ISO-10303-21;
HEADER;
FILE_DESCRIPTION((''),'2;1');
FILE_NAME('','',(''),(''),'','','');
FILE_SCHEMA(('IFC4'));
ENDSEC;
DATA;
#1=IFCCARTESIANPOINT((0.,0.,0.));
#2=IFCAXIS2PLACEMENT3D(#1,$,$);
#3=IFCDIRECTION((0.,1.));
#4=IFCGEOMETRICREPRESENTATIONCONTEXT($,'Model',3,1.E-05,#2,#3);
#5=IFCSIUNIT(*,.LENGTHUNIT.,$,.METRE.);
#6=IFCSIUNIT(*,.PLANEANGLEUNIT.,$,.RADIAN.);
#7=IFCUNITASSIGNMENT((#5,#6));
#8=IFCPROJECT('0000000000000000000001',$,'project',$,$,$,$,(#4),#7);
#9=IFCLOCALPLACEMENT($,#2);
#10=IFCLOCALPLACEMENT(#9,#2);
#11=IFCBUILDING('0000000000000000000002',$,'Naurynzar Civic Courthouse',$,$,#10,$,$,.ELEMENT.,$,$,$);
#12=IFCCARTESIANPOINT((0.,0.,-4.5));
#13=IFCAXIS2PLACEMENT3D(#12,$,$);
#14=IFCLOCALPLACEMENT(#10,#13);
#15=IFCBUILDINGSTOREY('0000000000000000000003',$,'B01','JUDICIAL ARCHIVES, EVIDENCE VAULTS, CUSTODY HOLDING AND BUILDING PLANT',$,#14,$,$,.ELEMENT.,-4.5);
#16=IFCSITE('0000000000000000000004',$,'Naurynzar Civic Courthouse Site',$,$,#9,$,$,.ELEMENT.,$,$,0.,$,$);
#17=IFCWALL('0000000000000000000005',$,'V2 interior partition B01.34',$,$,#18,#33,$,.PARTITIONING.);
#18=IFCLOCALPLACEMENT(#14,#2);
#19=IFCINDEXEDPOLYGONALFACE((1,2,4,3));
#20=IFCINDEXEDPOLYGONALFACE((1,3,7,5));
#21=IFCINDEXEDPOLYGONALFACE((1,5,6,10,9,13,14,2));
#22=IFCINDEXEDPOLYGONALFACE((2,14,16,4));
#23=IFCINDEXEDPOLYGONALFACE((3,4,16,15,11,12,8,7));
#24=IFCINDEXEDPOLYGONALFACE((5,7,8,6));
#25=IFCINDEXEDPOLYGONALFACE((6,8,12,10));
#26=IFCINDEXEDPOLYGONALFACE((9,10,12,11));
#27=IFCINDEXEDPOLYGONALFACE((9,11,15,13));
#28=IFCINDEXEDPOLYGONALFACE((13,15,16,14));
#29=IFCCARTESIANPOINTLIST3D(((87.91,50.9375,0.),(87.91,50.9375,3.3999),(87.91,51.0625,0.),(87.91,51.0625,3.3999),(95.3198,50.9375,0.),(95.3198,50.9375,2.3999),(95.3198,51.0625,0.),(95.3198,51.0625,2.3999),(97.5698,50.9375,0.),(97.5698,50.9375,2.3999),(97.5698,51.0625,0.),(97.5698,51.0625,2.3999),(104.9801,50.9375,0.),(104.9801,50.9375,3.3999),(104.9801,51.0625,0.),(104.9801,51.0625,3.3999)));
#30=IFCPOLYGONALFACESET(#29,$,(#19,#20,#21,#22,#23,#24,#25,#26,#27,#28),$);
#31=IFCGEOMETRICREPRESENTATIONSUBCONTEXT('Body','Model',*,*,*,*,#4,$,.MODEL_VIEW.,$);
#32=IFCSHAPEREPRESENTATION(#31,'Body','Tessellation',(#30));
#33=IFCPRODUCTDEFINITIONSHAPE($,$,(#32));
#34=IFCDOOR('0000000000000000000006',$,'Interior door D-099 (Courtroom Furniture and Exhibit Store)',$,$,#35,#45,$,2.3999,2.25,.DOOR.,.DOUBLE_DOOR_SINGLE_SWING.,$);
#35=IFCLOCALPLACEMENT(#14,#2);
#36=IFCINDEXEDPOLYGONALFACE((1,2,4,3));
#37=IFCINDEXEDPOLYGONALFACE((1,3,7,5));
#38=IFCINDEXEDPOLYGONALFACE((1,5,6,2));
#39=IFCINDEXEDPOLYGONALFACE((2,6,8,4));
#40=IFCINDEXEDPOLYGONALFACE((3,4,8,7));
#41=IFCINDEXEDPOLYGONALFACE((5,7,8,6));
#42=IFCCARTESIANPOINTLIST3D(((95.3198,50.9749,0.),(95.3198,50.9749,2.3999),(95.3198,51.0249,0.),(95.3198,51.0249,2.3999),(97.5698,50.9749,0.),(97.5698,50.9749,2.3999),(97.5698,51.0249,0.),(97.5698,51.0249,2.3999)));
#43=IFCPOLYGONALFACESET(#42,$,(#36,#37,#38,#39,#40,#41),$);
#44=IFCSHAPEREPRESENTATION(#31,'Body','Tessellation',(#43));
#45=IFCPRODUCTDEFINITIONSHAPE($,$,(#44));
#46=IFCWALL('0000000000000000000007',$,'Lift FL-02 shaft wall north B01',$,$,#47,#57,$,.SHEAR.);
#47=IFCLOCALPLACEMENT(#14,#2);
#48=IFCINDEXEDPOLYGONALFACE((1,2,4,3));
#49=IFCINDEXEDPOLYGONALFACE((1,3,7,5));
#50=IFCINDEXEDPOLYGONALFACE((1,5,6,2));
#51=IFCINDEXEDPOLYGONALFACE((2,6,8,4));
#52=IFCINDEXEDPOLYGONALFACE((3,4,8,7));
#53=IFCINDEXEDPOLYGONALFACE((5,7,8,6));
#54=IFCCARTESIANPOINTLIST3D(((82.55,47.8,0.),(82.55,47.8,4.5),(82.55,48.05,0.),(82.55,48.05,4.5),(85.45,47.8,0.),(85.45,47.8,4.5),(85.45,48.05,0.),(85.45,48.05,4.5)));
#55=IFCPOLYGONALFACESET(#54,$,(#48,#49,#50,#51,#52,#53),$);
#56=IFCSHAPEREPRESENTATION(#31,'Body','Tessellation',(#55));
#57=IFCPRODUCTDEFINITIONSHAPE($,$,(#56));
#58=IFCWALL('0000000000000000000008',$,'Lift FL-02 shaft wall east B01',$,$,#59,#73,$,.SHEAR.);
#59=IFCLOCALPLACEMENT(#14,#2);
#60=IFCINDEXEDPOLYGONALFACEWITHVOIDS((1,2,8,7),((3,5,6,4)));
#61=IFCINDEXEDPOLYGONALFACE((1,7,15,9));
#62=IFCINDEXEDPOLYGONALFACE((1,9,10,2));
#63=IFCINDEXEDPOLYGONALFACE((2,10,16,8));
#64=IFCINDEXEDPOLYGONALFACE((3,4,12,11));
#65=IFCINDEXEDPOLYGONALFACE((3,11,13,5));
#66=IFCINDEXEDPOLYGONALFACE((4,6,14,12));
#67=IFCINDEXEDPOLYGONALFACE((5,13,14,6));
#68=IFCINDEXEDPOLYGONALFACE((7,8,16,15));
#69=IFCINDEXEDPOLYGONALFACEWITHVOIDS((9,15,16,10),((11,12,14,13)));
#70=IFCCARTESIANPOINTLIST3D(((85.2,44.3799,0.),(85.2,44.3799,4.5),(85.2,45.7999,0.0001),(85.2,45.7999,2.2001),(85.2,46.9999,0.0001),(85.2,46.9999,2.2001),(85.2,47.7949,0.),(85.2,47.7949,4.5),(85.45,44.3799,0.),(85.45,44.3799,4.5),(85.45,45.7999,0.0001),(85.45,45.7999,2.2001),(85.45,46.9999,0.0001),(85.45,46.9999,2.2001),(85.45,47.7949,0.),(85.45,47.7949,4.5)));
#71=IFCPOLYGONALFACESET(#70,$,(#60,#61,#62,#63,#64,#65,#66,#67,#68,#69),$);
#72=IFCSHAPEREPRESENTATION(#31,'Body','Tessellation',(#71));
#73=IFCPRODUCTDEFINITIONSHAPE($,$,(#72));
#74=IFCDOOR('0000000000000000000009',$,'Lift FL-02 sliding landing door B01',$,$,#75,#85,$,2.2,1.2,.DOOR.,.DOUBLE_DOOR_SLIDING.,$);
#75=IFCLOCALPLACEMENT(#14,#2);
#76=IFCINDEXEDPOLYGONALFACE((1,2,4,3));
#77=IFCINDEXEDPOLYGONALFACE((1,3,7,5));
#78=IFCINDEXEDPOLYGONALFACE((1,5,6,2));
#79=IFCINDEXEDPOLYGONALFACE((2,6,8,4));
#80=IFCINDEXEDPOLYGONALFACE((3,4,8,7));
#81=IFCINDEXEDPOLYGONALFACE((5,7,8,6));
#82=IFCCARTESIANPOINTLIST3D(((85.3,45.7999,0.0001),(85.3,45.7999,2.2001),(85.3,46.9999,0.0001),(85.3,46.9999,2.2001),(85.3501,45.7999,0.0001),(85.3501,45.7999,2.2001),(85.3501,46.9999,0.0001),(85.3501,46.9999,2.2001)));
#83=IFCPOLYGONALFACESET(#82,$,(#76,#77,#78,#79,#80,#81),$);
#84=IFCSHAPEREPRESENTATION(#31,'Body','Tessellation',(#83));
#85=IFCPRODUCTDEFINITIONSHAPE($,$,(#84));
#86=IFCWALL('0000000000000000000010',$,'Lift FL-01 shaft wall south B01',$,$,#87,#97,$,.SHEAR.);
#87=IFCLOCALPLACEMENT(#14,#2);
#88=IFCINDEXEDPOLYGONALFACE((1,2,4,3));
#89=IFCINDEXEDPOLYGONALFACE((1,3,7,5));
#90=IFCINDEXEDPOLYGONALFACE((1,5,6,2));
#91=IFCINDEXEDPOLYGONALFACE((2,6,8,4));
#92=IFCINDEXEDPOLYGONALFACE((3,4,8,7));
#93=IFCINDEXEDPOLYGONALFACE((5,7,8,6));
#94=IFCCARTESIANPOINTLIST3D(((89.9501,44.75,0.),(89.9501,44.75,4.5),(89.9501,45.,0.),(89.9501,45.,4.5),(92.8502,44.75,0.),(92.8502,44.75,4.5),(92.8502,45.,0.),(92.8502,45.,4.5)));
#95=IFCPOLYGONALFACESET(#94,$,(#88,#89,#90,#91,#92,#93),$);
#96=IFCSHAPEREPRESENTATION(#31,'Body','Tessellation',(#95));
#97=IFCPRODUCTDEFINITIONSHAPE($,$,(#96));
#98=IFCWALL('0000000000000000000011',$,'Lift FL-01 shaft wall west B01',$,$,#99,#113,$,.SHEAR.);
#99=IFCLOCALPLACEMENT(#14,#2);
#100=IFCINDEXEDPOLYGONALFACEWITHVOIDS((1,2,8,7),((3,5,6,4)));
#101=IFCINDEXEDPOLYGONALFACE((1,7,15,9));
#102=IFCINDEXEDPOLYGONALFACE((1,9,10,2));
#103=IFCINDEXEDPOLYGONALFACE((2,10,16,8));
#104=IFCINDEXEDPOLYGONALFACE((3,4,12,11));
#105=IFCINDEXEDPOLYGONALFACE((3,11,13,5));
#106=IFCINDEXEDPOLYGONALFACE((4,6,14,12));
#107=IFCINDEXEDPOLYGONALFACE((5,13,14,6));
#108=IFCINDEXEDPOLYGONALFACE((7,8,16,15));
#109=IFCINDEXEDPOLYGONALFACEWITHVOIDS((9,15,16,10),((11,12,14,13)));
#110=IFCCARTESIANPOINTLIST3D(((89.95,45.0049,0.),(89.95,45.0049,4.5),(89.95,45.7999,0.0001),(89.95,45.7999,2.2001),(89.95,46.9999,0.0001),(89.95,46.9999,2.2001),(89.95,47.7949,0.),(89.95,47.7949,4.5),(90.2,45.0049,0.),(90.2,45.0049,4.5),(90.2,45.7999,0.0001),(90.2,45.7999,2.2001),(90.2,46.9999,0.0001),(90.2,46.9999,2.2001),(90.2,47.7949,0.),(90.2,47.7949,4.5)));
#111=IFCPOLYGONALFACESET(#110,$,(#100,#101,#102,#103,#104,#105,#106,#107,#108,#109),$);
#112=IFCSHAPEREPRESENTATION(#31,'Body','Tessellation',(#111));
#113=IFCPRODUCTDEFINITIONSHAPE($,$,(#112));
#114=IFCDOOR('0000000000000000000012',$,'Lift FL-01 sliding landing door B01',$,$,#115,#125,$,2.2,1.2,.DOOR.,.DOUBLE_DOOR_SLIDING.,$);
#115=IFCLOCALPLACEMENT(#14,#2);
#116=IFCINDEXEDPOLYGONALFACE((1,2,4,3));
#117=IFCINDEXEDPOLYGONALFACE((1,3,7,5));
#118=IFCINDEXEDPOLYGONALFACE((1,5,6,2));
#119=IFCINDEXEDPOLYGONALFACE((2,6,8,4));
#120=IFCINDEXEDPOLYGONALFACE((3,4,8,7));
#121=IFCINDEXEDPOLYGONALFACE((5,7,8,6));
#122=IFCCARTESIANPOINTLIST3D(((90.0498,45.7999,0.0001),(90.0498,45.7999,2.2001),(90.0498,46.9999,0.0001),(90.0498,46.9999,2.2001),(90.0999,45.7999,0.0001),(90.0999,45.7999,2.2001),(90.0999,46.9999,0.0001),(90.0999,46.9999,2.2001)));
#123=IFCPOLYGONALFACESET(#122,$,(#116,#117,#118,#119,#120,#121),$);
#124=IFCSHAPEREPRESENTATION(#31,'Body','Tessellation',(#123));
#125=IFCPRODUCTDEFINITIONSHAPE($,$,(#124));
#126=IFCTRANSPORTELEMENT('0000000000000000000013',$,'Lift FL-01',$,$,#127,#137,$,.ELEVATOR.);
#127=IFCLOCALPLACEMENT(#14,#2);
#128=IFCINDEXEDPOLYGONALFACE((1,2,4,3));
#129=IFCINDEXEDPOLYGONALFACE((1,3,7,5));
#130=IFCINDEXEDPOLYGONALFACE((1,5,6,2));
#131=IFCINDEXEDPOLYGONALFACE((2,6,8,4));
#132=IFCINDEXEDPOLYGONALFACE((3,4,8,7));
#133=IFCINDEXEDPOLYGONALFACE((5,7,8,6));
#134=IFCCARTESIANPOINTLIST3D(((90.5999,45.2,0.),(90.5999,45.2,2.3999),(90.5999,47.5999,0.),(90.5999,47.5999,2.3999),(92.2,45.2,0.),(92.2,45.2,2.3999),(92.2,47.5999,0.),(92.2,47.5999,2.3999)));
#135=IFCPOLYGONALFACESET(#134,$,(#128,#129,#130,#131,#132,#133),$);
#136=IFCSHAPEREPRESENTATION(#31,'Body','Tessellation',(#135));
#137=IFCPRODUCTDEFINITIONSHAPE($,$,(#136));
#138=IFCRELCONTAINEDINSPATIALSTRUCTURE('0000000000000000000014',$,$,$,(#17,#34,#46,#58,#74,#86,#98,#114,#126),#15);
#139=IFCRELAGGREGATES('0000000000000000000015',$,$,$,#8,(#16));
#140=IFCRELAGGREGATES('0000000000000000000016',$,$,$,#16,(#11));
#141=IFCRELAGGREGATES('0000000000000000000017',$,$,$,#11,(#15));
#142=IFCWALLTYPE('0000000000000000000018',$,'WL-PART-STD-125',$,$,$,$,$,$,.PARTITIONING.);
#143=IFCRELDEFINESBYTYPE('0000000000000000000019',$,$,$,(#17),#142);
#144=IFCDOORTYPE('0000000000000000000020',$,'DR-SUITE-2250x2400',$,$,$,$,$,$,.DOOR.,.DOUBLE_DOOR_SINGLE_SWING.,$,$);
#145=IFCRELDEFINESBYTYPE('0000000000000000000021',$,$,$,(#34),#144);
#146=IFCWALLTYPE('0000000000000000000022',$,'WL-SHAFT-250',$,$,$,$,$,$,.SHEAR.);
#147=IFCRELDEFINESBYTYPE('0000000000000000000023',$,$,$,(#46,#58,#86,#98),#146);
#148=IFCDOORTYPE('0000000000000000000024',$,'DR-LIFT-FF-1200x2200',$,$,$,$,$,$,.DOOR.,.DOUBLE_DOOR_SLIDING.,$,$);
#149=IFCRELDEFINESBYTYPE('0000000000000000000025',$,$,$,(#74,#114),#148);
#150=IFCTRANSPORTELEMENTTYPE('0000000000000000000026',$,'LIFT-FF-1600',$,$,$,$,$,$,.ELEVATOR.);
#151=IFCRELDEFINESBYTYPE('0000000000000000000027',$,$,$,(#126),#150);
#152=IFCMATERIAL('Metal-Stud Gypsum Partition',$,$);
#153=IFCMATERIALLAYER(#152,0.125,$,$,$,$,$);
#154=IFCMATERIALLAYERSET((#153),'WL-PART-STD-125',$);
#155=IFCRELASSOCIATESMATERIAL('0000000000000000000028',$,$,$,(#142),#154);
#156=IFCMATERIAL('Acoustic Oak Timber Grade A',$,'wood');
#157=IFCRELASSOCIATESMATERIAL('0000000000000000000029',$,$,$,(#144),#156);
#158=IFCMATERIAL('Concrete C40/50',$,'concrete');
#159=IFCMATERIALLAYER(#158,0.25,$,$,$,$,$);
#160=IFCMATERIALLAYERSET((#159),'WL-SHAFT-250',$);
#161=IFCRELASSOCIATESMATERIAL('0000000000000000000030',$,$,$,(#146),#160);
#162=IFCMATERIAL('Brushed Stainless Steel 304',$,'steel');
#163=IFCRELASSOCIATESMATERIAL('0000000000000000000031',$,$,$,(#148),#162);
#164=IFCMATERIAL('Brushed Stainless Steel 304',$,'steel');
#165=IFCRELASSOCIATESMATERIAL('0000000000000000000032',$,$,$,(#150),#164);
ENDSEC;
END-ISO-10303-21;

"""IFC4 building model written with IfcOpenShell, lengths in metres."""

from ifc_helpers import new_model, si_unit, direction, frame, frame_2d, origin, origin_2d, place, context, subcontext, project, spatial, rectangle, extrude, material, layer, layer_set, type_object, element, fill, save


model = new_model("IFC4")

# Units and contexts
model_context = context("Model", 3, precision=1e-05, world=origin(), true_north=direction((0.0, 1.0)))
body_context = subcontext(model_context, "Body", "Model", "MODEL_VIEW")
ifc_project = project(units=[si_unit("LENGTHUNIT", "METRE"), si_unit("PLANEANGLEUNIT", "RADIAN")], contexts=[model_context])

# Site, building, storey
site_placement = place(None, origin())
site = spatial("IfcSite", under=ifc_project, at=site_placement, Name="Naurynzar Civic Courthouse Site", CompositionType="ELEMENT", RefElevation=0.0)
building_placement = place(site_placement, origin())
building = spatial("IfcBuilding", under=site, at=building_placement, Name="Naurynzar Civic Courthouse", CompositionType="ELEMENT")
storey_placement = place(building_placement, frame((0.0, 0.0, -4.5)))
storey = spatial("IfcBuildingStorey", under=building, at=storey_placement, Name="B01", Description="JUDICIAL ARCHIVES, EVIDENCE VAULTS, CUSTODY HOLDING AND BUILDING PLANT", CompositionType="ELEMENT", Elevation=-4.5)

# Wall, opening, door
ifc_material_1 = material(Name="Metal-Stud Gypsum Partition")
ifc_layer_1 = layer(ifc_material_1, 0.125)
ifc_layer_set_1 = layer_set([ifc_layer_1], Name="WL-PART-STD-125")
wall_type_1 = type_object("IfcWallType", Name="WL-PART-STD-125", PredefinedType="PARTITIONING", material=ifc_layer_set_1)
wall_1_placement = place(storey_placement, frame((87.9099, 51.0, 0.0), z_axis=(0.0, 0.0, 1.0), x_axis=(1.0, 0.0, 0.0)))
wall_1 = element("IfcWall", 1, at=wall_1_placement, inside=storey, type_object=wall_type_1, Name="V2 interior partition B01.34", PredefinedType="PARTITIONING", context=body_context, shape_type="SweptSolid", body=[
    extrude(rectangle(XDim=17.0701, YDim=0.125, at=frame_2d((8.5352, 0.0))), origin(), (0.0, 0.0, 1.0), 3.3999),
])
opening_1_placement = place(wall_1_placement, frame((7.4099, 0.0, 0.0)))
opening_1 = element("IfcOpeningElement", 2, at=opening_1_placement, cuts=wall_1, PredefinedType="OPENING", context=body_context, shape_type="SweptSolid", body=[
    extrude(rectangle(XDim=2.25, YDim=2.3999, at=frame_2d((1.125, 1.2))), frame((0.0, 0.0725, 0.0), z_axis=(0.0, -1.0, 0.0), x_axis=(1.0, 0.0, 0.0)), (0.0, 0.0, 1.0), 0.145),
])
ifc_material_2 = material(Name="Acoustic Oak Timber Grade A", Category="wood")
door_type_1 = type_object("IfcDoorType", Name="DR-SUITE-2250x2400", OperationType="DOUBLE_DOOR_SINGLE_SWING", PredefinedType="DOOR", material=ifc_material_2)
door_1_placement = place(opening_1_placement, origin())
door_1 = element("IfcDoor", 3, at=door_1_placement, inside=storey, type_object=door_type_1, Name="Interior door D-099 (Courtroom Furniture and Exhibit Store)", OperationType="DOUBLE_DOOR_SINGLE_SWING", OverallHeight=2.3999, OverallWidth=2.25, PredefinedType="DOOR", context=body_context, shape_type="SweptSolid", body=[
    extrude(rectangle(XDim=2.25, YDim=2.3999, at=frame_2d((1.125, 1.2))), frame((0.0, 0.0249, 0.0), z_axis=(0.0, -1.0, 0.0), x_axis=(1.0, 0.0, 0.0)), (0.0, 0.0, 1.0), 0.05),
])
fill(opening_1, door_1)

# Wall
ifc_material_3 = material(Name="Concrete C40/50", Category="concrete")
ifc_layer_2 = layer(ifc_material_3, 0.25)
ifc_layer_set_2 = layer_set([ifc_layer_2], Name="WL-SHAFT-250")
wall_type_2 = type_object("IfcWallType", Name="WL-SHAFT-250", PredefinedType="SHEAR", material=ifc_layer_set_2)
wall_2_placement = place(storey_placement, frame((85.45, 47.925, 0.0), z_axis=(0.0, 0.0, 1.0), x_axis=(-1.0, 0.0, 0.0)))
element("IfcWall", 4, at=wall_2_placement, inside=storey, type_object=wall_type_2, Name="Lift FL-02 shaft wall north B01", PredefinedType="SHEAR", context=body_context, shape_type="SweptSolid", body=[
    extrude(rectangle(XDim=2.8999, YDim=0.25, at=frame_2d((1.45, 0.0))), origin(), (0.0, 0.0, 1.0), 4.5),
])

# Wall, opening, door
wall_3_placement = place(storey_placement, frame((85.325, 44.3799, 0.0), z_axis=(0.0, 0.0, 1.0), x_axis=(0.0, 1.0, 0.0)))
wall_3 = element("IfcWall", 5, at=wall_3_placement, inside=storey, type_object=wall_type_2, Name="Lift FL-02 shaft wall east B01", PredefinedType="SHEAR", context=body_context, shape_type="SweptSolid", body=[
    extrude(rectangle(XDim=3.415, YDim=0.25, at=frame_2d((1.7075, 0.0))), origin(), (0.0, 0.0, 1.0), 4.5),
])
opening_2_placement = place(wall_3_placement, frame((1.4199, 0.0, 0.0)))
opening_2 = element("IfcOpeningElement", 6, at=opening_2_placement, cuts=wall_3, PredefinedType="OPENING", context=body_context, shape_type="SweptSolid", body=[
    extrude(rectangle(XDim=1.2, YDim=2.2, at=frame_2d((0.6001, 1.1001))), frame((0.0, 0.135, 0.0), z_axis=(0.0, -1.0, 0.0), x_axis=(1.0, 0.0, 0.0)), (0.0, 0.0, 1.0), 0.27),
])
ifc_material_4 = material(Name="Brushed Stainless Steel 304", Category="steel")
door_type_2 = type_object("IfcDoorType", Name="DR-LIFT-FF-1200x2200", OperationType="DOUBLE_DOOR_SLIDING", PredefinedType="DOOR", material=ifc_material_4)
door_2_placement = place(opening_2_placement, origin())
door_2 = element("IfcDoor", 7, at=door_2_placement, inside=storey, type_object=door_type_2, Name="Lift FL-02 sliding landing door B01", OperationType="DOUBLE_DOOR_SLIDING", OverallHeight=2.2, OverallWidth=1.2, PredefinedType="DOOR", context=body_context, shape_type="SweptSolid", body=[
    extrude(rectangle(XDim=1.2, YDim=2.2, at=frame_2d((0.6001, 1.1001))), frame((0.0, 0.0249, 0.0), z_axis=(0.0, -1.0, 0.0), x_axis=(1.0, 0.0, 0.0)), (0.0, 0.0, 1.0), 0.05),
])
fill(opening_2, door_2)

# Wall
wall_4_placement = place(storey_placement, frame((89.95, 44.875, 0.0), z_axis=(0.0, 0.0, 1.0), x_axis=(1.0, 0.0, 0.0)))
element("IfcWall", 8, at=wall_4_placement, inside=storey, type_object=wall_type_2, Name="Lift FL-01 shaft wall south B01", PredefinedType="SHEAR", context=body_context, shape_type="SweptSolid", body=[
    extrude(rectangle(XDim=2.9001, YDim=0.25, at=frame_2d((1.4502, 0.0))), origin(), (0.0, 0.0, 1.0), 4.5),
])

# Wall, opening, door
wall_5_placement = place(storey_placement, frame((90.075, 47.7949, 0.0), z_axis=(0.0, 0.0, 1.0), x_axis=(0.0, -1.0, 0.0)))
wall_5 = element("IfcWall", 9, at=wall_5_placement, inside=storey, type_object=wall_type_2, Name="Lift FL-01 shaft wall west B01", PredefinedType="SHEAR", context=body_context, shape_type="SweptSolid", body=[
    extrude(rectangle(XDim=2.79, YDim=0.25, at=frame_2d((1.395, 0.0))), origin(), (0.0, 0.0, 1.0), 4.5),
])
opening_3_placement = place(wall_5_placement, frame((0.7949, 0.0, 0.0)))
opening_3 = element("IfcOpeningElement", 10, at=opening_3_placement, cuts=wall_5, PredefinedType="OPENING", context=body_context, shape_type="SweptSolid", body=[
    extrude(rectangle(XDim=1.2, YDim=2.2, at=frame_2d((0.6001, 1.1001))), frame((0.0, 0.135, 0.0), z_axis=(0.0, -1.0, 0.0), x_axis=(1.0, 0.0, 0.0)), (0.0, 0.0, 1.0), 0.27),
])
door_3_placement = place(opening_3_placement, origin())
door_3 = element("IfcDoor", 11, at=door_3_placement, inside=storey, type_object=door_type_2, Name="Lift FL-01 sliding landing door B01", OperationType="DOUBLE_DOOR_SLIDING", OverallHeight=2.2, OverallWidth=1.2, PredefinedType="DOOR", context=body_context, shape_type="SweptSolid", body=[
    extrude(rectangle(XDim=1.2, YDim=2.2, at=frame_2d((0.6001, 1.1001))), frame((0.0, 0.0249, 0.0), z_axis=(0.0, -1.0, 0.0), x_axis=(1.0, 0.0, 0.0)), (0.0, 0.0, 1.0), 0.05),
])
fill(opening_3, door_3)

# Transport element
ifc_material_5 = material(Name="Brushed Stainless Steel 304", Category="steel")
transport_element_type = type_object("IfcTransportElementType", Name="LIFT-FF-1600", PredefinedType="ELEVATOR", material=ifc_material_5)
transport_element_placement = place(storey_placement, frame((91.3999, 46.3999, 0.0), z_axis=(0.0, 0.0, 1.0), x_axis=(1.0, 0.0, 0.0)))
element("IfcTransportElement", 12, at=transport_element_placement, inside=storey, type_object=transport_element_type, Name="Lift FL-01", PredefinedType="ELEVATOR", context=body_context, shape_type="SweptSolid", body=[
    extrude(rectangle(XDim=1.6001, YDim=2.3999, at=origin_2d()), origin(), (0.0, 0.0, 1.0), 2.3999),
])

save(model, "model.ifc")
